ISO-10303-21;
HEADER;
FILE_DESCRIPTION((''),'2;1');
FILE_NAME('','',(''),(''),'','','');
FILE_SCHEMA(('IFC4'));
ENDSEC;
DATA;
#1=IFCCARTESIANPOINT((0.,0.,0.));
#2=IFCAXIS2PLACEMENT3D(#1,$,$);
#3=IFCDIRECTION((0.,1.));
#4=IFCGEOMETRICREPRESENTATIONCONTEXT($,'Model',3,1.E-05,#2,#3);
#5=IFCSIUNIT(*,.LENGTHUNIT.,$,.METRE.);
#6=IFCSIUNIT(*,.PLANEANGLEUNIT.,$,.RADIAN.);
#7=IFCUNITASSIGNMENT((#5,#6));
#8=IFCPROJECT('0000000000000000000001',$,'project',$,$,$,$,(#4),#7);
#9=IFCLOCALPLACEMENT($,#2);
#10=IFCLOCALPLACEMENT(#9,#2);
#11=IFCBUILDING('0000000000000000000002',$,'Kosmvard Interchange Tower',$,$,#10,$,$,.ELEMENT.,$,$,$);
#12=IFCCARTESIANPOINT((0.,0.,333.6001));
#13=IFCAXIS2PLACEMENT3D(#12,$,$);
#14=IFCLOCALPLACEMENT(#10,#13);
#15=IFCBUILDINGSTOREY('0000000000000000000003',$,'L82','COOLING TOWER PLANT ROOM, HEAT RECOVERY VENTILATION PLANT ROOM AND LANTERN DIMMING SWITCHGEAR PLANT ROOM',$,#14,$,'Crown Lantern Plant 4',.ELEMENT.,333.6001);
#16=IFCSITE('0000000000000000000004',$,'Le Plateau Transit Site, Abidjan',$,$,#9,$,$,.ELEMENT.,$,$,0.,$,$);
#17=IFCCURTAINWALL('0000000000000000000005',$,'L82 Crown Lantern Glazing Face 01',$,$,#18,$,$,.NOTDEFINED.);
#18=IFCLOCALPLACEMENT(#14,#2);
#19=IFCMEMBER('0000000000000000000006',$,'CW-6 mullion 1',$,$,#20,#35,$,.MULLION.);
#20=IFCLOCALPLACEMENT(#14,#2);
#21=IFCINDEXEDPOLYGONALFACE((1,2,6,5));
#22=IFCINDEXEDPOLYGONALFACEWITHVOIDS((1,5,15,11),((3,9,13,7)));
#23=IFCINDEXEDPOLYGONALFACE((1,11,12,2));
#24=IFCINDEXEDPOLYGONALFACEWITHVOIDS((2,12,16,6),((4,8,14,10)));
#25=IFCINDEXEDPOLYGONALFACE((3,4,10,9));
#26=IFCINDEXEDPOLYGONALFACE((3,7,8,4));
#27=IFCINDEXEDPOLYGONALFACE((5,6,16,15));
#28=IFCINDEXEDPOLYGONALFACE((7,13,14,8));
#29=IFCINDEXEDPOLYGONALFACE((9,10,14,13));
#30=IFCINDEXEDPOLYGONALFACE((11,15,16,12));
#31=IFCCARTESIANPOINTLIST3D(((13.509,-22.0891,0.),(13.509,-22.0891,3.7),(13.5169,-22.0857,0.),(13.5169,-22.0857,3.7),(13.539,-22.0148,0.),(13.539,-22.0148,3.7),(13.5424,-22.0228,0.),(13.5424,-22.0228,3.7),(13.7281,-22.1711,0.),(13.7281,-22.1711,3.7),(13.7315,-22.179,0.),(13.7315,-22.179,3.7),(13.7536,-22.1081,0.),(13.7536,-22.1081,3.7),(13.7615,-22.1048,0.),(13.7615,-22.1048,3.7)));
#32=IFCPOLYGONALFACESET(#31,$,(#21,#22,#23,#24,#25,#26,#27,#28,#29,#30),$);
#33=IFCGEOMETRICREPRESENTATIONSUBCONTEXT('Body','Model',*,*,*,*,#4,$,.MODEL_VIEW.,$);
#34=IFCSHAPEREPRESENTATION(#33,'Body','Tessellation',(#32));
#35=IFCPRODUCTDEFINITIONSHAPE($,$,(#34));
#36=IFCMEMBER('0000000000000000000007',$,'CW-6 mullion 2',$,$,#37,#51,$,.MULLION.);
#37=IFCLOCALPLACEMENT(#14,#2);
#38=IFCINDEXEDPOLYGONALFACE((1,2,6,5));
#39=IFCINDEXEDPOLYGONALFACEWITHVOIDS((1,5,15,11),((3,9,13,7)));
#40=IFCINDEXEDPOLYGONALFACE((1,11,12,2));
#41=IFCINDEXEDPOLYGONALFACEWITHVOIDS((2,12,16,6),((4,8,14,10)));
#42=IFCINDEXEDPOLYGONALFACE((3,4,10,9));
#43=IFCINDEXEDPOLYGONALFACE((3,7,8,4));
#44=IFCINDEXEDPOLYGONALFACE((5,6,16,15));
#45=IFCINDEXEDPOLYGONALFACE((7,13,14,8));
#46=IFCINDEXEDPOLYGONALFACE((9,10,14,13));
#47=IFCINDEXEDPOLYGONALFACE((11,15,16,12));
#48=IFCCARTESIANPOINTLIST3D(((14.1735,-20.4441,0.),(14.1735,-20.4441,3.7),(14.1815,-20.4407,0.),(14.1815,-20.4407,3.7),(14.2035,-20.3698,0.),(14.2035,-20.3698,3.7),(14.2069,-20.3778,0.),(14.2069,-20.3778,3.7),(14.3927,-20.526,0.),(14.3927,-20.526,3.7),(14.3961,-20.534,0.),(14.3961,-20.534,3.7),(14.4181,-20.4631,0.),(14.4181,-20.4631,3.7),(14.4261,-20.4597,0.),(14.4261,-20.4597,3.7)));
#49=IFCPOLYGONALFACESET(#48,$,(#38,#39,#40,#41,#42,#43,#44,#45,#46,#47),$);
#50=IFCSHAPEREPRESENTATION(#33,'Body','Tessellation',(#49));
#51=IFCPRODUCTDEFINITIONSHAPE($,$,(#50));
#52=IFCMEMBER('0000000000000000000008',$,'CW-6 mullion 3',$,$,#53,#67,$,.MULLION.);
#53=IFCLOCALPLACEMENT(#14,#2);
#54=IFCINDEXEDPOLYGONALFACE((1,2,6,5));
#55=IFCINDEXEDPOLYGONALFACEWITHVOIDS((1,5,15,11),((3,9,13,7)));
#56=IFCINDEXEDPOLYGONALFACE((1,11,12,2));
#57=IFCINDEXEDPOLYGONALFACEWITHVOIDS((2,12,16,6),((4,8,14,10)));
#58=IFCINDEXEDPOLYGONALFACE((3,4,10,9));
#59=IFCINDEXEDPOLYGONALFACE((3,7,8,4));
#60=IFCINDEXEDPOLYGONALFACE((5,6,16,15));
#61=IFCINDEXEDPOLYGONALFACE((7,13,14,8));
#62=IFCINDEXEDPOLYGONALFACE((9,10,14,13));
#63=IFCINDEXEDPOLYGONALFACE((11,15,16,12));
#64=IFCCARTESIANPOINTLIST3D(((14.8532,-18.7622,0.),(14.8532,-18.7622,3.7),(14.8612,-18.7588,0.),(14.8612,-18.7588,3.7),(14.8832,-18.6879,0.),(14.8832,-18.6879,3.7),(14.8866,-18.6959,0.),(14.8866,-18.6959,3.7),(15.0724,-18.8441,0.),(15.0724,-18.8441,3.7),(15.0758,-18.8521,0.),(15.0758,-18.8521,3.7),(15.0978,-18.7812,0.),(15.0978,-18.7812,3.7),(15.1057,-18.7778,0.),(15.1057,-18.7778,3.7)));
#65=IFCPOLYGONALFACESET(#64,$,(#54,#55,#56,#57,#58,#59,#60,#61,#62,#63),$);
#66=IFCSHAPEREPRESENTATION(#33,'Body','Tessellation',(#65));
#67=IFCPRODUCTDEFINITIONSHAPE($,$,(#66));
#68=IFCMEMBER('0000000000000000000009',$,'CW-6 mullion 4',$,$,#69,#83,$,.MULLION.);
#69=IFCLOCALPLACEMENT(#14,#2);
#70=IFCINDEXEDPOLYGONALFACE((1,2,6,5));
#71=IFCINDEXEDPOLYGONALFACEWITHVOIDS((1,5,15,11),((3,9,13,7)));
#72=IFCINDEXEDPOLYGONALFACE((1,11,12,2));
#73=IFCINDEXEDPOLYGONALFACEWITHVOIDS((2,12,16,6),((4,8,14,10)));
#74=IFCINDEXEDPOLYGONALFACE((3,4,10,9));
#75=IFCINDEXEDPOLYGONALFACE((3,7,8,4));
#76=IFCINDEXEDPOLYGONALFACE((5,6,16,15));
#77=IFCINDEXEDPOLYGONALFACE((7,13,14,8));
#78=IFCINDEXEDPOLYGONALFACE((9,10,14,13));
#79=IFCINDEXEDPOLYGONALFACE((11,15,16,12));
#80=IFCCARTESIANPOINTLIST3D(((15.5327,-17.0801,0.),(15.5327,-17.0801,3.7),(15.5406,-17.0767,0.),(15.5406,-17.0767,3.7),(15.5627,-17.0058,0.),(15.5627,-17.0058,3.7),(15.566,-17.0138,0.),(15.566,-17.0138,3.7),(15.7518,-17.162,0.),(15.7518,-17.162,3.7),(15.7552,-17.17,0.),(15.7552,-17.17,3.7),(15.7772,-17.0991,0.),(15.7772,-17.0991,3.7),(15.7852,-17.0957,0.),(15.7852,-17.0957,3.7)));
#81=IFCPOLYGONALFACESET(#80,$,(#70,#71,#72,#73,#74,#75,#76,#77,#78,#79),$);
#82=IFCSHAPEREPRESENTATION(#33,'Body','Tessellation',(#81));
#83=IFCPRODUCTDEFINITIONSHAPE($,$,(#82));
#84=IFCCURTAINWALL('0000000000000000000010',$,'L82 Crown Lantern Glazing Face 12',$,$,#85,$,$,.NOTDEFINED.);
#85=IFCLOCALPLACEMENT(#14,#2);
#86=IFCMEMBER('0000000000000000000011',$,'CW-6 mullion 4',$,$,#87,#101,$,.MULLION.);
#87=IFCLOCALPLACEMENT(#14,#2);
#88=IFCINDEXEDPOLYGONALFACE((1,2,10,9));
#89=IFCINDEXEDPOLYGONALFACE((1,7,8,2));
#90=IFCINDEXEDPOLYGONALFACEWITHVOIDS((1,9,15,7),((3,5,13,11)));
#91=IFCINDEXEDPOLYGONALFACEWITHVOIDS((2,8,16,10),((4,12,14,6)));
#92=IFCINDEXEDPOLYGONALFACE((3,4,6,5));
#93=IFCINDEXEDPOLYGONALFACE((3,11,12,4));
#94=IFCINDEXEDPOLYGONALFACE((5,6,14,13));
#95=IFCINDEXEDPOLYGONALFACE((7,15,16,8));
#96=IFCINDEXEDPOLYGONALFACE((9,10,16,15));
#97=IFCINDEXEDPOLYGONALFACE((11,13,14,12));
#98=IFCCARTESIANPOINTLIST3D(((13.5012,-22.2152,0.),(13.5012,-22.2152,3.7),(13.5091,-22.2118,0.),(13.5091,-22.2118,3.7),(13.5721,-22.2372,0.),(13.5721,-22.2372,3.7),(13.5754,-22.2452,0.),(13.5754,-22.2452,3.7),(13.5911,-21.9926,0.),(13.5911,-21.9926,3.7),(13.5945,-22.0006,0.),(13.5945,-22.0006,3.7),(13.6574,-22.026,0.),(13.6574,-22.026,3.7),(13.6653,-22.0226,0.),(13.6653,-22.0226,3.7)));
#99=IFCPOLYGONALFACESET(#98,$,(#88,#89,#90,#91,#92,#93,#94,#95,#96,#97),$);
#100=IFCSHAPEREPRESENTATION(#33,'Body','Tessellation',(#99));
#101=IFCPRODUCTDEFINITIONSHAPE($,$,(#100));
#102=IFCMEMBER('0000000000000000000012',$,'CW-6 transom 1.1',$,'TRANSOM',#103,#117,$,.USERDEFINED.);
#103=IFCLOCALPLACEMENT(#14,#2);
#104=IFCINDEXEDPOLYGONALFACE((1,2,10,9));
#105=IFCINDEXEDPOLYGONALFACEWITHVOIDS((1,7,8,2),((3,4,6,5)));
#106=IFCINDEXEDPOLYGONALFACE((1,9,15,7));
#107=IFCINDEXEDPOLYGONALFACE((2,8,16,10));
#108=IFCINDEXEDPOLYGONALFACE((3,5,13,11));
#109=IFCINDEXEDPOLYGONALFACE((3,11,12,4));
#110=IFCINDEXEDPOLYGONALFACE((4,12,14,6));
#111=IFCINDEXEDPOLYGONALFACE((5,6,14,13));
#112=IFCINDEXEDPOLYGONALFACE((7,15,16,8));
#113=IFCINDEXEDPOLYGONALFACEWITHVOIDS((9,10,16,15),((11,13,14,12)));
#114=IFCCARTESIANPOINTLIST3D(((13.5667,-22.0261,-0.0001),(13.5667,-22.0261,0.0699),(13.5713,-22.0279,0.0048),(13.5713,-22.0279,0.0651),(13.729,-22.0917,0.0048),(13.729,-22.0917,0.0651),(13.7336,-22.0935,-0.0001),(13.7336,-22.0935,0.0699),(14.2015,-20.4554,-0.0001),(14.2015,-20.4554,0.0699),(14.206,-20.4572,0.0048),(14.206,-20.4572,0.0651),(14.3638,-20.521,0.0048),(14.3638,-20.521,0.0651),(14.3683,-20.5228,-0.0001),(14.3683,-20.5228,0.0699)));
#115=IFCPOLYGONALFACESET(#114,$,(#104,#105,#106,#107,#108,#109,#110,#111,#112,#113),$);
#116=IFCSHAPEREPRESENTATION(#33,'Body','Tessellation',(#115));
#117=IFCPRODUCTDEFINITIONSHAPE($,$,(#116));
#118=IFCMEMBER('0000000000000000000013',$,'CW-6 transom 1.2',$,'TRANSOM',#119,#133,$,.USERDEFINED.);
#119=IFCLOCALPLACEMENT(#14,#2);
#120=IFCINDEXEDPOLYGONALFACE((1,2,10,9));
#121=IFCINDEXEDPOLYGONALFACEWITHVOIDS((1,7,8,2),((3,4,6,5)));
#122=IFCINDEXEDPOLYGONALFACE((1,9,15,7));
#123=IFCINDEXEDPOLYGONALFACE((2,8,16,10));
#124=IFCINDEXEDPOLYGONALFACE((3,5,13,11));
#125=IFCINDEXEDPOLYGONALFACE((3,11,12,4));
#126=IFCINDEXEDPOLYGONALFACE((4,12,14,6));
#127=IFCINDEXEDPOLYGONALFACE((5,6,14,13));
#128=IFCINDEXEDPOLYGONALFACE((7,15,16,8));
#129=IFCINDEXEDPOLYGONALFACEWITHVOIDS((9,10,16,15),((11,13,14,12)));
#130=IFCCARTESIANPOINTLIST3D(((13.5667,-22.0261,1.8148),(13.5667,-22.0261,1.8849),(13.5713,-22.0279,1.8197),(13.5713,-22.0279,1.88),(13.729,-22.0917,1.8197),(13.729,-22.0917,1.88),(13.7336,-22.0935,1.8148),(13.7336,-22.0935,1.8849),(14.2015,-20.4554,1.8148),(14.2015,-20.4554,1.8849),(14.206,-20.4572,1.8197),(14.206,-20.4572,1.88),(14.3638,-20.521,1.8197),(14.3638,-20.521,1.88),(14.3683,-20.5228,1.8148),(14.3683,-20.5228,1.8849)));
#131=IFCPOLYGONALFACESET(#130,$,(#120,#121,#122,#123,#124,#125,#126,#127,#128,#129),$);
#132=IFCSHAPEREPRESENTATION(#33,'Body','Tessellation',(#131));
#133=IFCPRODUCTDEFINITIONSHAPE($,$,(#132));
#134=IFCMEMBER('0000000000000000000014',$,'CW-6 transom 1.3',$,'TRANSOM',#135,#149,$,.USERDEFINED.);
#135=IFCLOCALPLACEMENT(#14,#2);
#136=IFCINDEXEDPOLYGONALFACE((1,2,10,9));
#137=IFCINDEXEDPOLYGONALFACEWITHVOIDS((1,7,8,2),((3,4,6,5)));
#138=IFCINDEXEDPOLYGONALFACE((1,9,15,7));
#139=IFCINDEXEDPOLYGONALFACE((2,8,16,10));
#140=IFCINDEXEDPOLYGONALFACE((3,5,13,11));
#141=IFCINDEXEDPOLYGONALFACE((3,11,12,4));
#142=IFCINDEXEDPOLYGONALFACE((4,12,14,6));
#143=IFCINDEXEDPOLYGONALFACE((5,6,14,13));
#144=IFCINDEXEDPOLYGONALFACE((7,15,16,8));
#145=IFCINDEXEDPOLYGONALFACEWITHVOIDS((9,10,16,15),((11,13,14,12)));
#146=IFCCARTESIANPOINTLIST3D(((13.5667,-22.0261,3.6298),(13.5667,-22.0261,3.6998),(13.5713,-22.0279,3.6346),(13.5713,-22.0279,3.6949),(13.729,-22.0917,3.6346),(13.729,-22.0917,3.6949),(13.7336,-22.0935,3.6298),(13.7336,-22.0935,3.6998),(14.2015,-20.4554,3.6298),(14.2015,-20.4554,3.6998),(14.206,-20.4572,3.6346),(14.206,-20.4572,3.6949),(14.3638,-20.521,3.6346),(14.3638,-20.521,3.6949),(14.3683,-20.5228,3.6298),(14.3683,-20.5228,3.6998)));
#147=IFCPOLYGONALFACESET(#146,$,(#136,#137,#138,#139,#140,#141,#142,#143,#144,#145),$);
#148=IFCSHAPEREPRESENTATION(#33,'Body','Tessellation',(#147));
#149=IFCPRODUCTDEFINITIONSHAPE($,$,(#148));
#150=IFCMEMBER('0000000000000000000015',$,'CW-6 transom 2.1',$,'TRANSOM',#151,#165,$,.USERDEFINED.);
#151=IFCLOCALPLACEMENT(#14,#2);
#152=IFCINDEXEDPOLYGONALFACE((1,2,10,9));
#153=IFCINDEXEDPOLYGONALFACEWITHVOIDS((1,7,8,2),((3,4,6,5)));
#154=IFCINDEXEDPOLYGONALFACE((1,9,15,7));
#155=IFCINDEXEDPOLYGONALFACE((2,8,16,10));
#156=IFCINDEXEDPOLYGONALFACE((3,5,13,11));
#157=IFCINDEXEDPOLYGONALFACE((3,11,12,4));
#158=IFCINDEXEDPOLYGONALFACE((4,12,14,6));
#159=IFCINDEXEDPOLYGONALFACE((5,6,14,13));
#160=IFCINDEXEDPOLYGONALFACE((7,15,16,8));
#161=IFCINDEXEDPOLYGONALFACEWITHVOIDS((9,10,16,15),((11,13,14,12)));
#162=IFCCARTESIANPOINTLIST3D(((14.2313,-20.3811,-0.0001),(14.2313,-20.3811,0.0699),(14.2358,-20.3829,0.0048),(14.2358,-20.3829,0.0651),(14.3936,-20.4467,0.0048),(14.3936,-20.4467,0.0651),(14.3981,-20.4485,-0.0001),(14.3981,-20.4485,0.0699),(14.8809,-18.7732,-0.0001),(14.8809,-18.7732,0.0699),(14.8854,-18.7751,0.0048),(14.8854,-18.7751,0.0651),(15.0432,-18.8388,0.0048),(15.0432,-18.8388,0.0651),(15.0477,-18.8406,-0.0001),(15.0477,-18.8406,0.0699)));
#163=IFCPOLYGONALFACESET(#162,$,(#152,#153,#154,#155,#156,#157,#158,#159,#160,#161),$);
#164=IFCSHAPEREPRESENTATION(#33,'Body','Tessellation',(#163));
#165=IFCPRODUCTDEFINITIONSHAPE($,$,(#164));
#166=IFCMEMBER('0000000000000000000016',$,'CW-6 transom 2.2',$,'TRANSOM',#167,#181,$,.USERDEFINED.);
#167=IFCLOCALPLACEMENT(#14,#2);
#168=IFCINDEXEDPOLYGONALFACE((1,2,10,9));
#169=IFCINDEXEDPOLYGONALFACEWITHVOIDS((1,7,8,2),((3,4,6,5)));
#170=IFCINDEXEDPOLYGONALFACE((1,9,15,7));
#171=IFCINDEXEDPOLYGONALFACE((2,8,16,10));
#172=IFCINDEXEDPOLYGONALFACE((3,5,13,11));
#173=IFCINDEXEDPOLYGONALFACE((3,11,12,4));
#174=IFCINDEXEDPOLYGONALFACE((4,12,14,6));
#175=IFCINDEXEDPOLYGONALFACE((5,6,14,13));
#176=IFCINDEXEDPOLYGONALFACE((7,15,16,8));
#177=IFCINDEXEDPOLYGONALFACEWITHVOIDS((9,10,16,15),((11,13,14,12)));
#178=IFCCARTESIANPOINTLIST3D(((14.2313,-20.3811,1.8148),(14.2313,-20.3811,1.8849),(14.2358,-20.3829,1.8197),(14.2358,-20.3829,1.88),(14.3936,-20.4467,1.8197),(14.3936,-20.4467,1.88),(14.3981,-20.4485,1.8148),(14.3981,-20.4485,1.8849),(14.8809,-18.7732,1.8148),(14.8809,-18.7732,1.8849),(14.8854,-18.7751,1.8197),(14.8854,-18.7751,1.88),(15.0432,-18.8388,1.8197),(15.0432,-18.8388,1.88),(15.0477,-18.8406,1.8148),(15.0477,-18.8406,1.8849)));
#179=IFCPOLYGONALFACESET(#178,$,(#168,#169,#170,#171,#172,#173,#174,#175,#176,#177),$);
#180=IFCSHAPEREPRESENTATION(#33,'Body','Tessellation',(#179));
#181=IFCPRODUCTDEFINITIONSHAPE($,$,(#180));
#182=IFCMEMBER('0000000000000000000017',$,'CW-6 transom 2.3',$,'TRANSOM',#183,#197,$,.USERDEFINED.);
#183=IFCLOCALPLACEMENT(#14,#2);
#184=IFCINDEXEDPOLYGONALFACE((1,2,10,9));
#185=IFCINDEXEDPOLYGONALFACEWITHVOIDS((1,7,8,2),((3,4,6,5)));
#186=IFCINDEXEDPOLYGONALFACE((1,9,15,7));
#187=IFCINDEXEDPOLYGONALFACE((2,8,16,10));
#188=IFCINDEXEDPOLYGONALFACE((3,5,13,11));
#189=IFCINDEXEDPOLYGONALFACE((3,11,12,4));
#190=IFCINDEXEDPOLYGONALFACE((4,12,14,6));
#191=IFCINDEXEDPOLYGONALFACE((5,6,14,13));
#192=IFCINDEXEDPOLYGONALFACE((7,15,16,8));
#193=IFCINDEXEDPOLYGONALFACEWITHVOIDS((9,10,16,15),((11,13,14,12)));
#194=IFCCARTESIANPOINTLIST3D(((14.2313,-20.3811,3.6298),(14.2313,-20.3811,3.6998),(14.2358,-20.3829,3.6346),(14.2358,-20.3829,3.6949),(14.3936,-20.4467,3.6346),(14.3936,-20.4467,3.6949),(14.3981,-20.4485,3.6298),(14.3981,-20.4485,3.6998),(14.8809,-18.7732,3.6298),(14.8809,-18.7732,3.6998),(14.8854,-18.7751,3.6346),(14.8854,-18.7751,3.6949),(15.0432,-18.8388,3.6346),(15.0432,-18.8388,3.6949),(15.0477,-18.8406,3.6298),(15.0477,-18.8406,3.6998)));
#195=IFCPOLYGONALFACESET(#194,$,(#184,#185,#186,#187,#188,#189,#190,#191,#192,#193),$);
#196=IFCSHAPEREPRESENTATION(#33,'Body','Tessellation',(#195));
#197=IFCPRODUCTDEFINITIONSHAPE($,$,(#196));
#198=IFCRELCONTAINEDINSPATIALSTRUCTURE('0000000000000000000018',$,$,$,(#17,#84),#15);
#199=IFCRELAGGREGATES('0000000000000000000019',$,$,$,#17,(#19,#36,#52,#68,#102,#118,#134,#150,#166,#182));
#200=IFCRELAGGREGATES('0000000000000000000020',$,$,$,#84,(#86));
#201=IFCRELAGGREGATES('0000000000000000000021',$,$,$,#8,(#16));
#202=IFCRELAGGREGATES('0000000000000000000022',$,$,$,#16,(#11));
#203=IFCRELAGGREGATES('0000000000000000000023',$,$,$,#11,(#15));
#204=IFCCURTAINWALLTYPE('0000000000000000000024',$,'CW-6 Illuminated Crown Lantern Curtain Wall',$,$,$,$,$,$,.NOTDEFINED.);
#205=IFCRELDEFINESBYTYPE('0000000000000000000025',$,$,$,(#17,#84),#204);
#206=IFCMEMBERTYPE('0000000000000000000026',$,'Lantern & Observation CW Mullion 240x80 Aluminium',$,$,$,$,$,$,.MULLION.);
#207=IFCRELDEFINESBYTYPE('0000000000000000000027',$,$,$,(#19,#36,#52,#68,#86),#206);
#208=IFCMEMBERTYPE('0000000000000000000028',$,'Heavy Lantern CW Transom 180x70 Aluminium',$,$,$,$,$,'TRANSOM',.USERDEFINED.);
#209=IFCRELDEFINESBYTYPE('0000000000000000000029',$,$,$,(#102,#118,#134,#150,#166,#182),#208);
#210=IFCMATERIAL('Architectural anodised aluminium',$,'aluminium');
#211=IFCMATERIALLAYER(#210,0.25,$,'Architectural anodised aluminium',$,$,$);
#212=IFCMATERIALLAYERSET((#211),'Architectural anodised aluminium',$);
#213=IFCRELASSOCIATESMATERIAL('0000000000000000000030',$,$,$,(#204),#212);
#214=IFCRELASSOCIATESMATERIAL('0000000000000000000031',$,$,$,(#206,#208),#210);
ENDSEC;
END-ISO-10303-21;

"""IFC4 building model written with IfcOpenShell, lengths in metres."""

from ifc_helpers import new_model, si_unit, direction, frame, origin, origin_2d, place, context, subcontext, project, spatial, hollow_rectangle, extrude, source, transform, mapped, material, layer, layer_set, material_profile, profile_set, type_object, element, aggregate, save


model = new_model("IFC4")

# Units and contexts
model_context = context("Model", 3, precision=1e-05, world=origin(), true_north=direction((0.0, 1.0)))
body_context = subcontext(model_context, "Body", "Model", "MODEL_VIEW")
ifc_project = project(units=[si_unit("LENGTHUNIT", "METRE"), si_unit("PLANEANGLEUNIT", "RADIAN")], contexts=[model_context])

# Site, building, storey
site_placement = place(None, origin())
site = spatial("IfcSite", under=ifc_project, at=site_placement, Name="Le Plateau Transit Site, Abidjan", CompositionType="ELEMENT", RefElevation=0.0)
building_placement = place(site_placement, origin())
building = spatial("IfcBuilding", under=site, at=building_placement, Name="Kosmvard Interchange Tower", CompositionType="ELEMENT")
storey_placement = place(building_placement, frame((0.0, 0.0, 333.6001)))
storey = spatial("IfcBuildingStorey", under=building, at=storey_placement, Name="L82", Description="COOLING TOWER PLANT ROOM, HEAT RECOVERY VENTILATION PLANT ROOM AND LANTERN DIMMING SWITCHGEAR PLANT ROOM", LongName="Crown Lantern Plant 4", CompositionType="ELEMENT", Elevation=333.6001)

# Curtain wall, members
ifc_material_1 = material(Name="Architectural anodised aluminium", Category="aluminium")
ifc_layer_1 = layer(ifc_material_1, 0.25, Name="Architectural anodised aluminium")
ifc_layer_set_1 = layer_set([ifc_layer_1], Name="Architectural anodised aluminium")
curtain_wall_type = type_object("IfcCurtainWallType", Name="CW-6 Illuminated Crown Lantern Curtain Wall", PredefinedType="NOTDEFINED", material=ifc_layer_set_1)
curtain_wall_1_placement = place(storey_placement, origin())
curtain_wall_1 = element("IfcCurtainWall", 1, at=curtain_wall_1_placement, inside=storey, type_object=curtain_wall_type, Name="L82 Crown Lantern Glazing Face 01", PredefinedType="NOTDEFINED")
ifc_material_profile_1 = material_profile(ifc_material_1, hollow_rectangle(XDim=0.24, YDim=0.0801, WallThickness=0.0061, at=origin_2d()), Name="CWM 240x80x6")
ifc_profile_set_1 = profile_set([ifc_material_profile_1], Name="Architectural anodised aluminium")
member_type_1 = type_object("IfcMemberType", Name="Lantern & Observation CW Mullion 240x80 Aluminium", PredefinedType="MULLION", material=ifc_profile_set_1)
shared_shape_1 = source(origin(), body_context, "Body", "SweptSolid", [
    extrude(hollow_rectangle(XDim=0.24, YDim=0.0801, WallThickness=0.0061, at=origin_2d()), origin(), (0.0, 0.0, 1.0), 3.7),
])
member_1_placement = place(storey_placement, frame((13.6353, -22.0969, 0.0), z_axis=(0.0, 0.0, 1.0), x_axis=(-0.927184, 0.374607, 0.0)))
member_1 = element("IfcMember", 2, at=member_1_placement, type_object=member_type_1, Name="CW-6 mullion 1", PredefinedType="MULLION", context=body_context, shape_type="MappedRepresentation", body=[
    mapped(shared_shape_1, transform((0.0, 0.0, 0.0), scale=1.0)),
])
member_2_placement = place(storey_placement, frame((14.2998, -20.4519, 0.0), z_axis=(0.0, 0.0, 1.0), x_axis=(-0.927184, 0.374607, 0.0)))
member_2 = element("IfcMember", 3, at=member_2_placement, type_object=member_type_1, Name="CW-6 mullion 2", PredefinedType="MULLION", context=body_context, shape_type="MappedRepresentation", body=[
    mapped(shared_shape_1, transform((0.0, 0.0, 0.0), scale=1.0)),
])
member_3_placement = place(storey_placement, frame((14.9795, -18.77, 0.0), z_axis=(0.0, 0.0, 1.0), x_axis=(-0.927184, 0.374607, 0.0)))
member_3 = element("IfcMember", 4, at=member_3_placement, type_object=member_type_1, Name="CW-6 mullion 3", PredefinedType="MULLION", context=body_context, shape_type="MappedRepresentation", body=[
    mapped(shared_shape_1, transform((0.0, 0.0, 0.0), scale=1.0)),
])
member_4_placement = place(storey_placement, frame((15.6589, -17.0879, 0.0), z_axis=(0.0, 0.0, 1.0), x_axis=(-0.927184, 0.374607, 0.0)))
member_4 = element("IfcMember", 5, at=member_4_placement, type_object=member_type_1, Name="CW-6 mullion 4", PredefinedType="MULLION", context=body_context, shape_type="MappedRepresentation", body=[
    mapped(shared_shape_1, transform((0.0, 0.0, 0.0), scale=1.0)),
])

# Curtain wall, member
curtain_wall_2_placement = place(storey_placement, origin())
curtain_wall_2 = element("IfcCurtainWall", 6, at=curtain_wall_2_placement, inside=storey, type_object=curtain_wall_type, Name="L82 Crown Lantern Glazing Face 12", PredefinedType="NOTDEFINED")
member_5_placement = place(storey_placement, frame((13.5833, -22.1189, 0.0), z_axis=(0.0, 0.0, 1.0), x_axis=(0.374607, 0.927184, 0.0)))
member_5 = element("IfcMember", 7, at=member_5_placement, type_object=member_type_1, Name="CW-6 mullion 4", PredefinedType="MULLION", context=body_context, shape_type="MappedRepresentation", body=[
    mapped(shared_shape_1, transform((0.0, 0.0, 0.0), scale=1.0)),
])

# Members
ifc_material_profile_2 = material_profile(ifc_material_1, hollow_rectangle(XDim=0.1799, YDim=0.0701, WallThickness=0.0049, at=origin_2d()), Name="CWT 180x70x5")
ifc_profile_set_2 = profile_set([ifc_material_profile_2], Name="Architectural anodised aluminium")
member_type_2 = type_object("IfcMemberType", Name="Heavy Lantern CW Transom 180x70 Aluminium", ElementType="TRANSOM", PredefinedType="USERDEFINED", material=ifc_profile_set_2)
shared_shape_2 = source(origin(), body_context, "Body", "SweptSolid", [
    extrude(hollow_rectangle(XDim=0.1799, YDim=0.0701, WallThickness=0.0049, at=origin_2d()), origin(), (0.0, 0.0, 1.0), 1.6941),
])
member_6_placement = place(storey_placement, frame((13.6501, -22.0598, 0.0349), z_axis=(0.374668, 0.927159, 0.0), x_axis=(-0.927159, 0.374668, 0.0)))
member_6 = element("IfcMember", 8, at=member_6_placement, type_object=member_type_2, Name="CW-6 transom 1.1", ObjectType="TRANSOM", PredefinedType="USERDEFINED", context=body_context, shape_type="MappedRepresentation", body=[
    mapped(shared_shape_2, transform((0.0, 0.0, 0.0), scale=1.0)),
])
member_7_placement = place(storey_placement, frame((13.6501, -22.0598, 1.8499), z_axis=(0.374668, 0.927159, 0.0), x_axis=(-0.927159, 0.374668, 0.0)))
member_7 = element("IfcMember", 9, at=member_7_placement, type_object=member_type_2, Name="CW-6 transom 1.2", ObjectType="TRANSOM", PredefinedType="USERDEFINED", context=body_context, shape_type="MappedRepresentation", body=[
    mapped(shared_shape_2, transform((0.0, 0.0, 0.0), scale=1.0)),
])
member_8_placement = place(storey_placement, frame((13.6501, -22.0598, 3.6648), z_axis=(0.374668, 0.927159, 0.0), x_axis=(-0.927159, 0.374668, 0.0)))
member_8 = element("IfcMember", 10, at=member_8_placement, type_object=member_type_2, Name="CW-6 transom 1.3", ObjectType="TRANSOM", PredefinedType="USERDEFINED", context=body_context, shape_type="MappedRepresentation", body=[
    mapped(shared_shape_2, transform((0.0, 0.0, 0.0), scale=1.0)),
])
shared_shape_3 = source(origin(), body_context, "Body", "SweptSolid", [
    extrude(hollow_rectangle(XDim=0.1799, YDim=0.0701, WallThickness=0.0049, at=origin_2d()), origin(), (0.0, 0.0, 1.0), 1.7341),
])
member_9_placement = place(storey_placement, frame((14.3147, -20.4148, 0.0349), z_axis=(0.374617, 0.92718, 0.0), x_axis=(-0.92718, 0.374617, 0.0)))
member_9 = element("IfcMember", 11, at=member_9_placement, type_object=member_type_2, Name="CW-6 transom 2.1", ObjectType="TRANSOM", PredefinedType="USERDEFINED", context=body_context, shape_type="MappedRepresentation", body=[
    mapped(shared_shape_3, transform((0.0, 0.0, 0.0), scale=1.0)),
])
member_10_placement = place(storey_placement, frame((14.3147, -20.4148, 1.8499), z_axis=(0.374617, 0.92718, 0.0), x_axis=(-0.92718, 0.374617, 0.0)))
member_10 = element("IfcMember", 12, at=member_10_placement, type_object=member_type_2, Name="CW-6 transom 2.2", ObjectType="TRANSOM", PredefinedType="USERDEFINED", context=body_context, shape_type="MappedRepresentation", body=[
    mapped(shared_shape_3, transform((0.0, 0.0, 0.0), scale=1.0)),
])
member_11_placement = place(storey_placement, frame((14.3147, -20.4148, 3.6648), z_axis=(0.374617, 0.92718, 0.0), x_axis=(-0.92718, 0.374617, 0.0)))
member_11 = element("IfcMember", 13, at=member_11_placement, type_object=member_type_2, Name="CW-6 transom 2.3", ObjectType="TRANSOM", PredefinedType="USERDEFINED", context=body_context, shape_type="MappedRepresentation", body=[
    mapped(shared_shape_3, transform((0.0, 0.0, 0.0), scale=1.0)),
])

aggregate(curtain_wall_1, [member_1, member_2, member_3, member_4, member_6, member_7, member_8, member_9, member_10, member_11])
aggregate(curtain_wall_2, [member_5])

save(model, "model.ifc")
